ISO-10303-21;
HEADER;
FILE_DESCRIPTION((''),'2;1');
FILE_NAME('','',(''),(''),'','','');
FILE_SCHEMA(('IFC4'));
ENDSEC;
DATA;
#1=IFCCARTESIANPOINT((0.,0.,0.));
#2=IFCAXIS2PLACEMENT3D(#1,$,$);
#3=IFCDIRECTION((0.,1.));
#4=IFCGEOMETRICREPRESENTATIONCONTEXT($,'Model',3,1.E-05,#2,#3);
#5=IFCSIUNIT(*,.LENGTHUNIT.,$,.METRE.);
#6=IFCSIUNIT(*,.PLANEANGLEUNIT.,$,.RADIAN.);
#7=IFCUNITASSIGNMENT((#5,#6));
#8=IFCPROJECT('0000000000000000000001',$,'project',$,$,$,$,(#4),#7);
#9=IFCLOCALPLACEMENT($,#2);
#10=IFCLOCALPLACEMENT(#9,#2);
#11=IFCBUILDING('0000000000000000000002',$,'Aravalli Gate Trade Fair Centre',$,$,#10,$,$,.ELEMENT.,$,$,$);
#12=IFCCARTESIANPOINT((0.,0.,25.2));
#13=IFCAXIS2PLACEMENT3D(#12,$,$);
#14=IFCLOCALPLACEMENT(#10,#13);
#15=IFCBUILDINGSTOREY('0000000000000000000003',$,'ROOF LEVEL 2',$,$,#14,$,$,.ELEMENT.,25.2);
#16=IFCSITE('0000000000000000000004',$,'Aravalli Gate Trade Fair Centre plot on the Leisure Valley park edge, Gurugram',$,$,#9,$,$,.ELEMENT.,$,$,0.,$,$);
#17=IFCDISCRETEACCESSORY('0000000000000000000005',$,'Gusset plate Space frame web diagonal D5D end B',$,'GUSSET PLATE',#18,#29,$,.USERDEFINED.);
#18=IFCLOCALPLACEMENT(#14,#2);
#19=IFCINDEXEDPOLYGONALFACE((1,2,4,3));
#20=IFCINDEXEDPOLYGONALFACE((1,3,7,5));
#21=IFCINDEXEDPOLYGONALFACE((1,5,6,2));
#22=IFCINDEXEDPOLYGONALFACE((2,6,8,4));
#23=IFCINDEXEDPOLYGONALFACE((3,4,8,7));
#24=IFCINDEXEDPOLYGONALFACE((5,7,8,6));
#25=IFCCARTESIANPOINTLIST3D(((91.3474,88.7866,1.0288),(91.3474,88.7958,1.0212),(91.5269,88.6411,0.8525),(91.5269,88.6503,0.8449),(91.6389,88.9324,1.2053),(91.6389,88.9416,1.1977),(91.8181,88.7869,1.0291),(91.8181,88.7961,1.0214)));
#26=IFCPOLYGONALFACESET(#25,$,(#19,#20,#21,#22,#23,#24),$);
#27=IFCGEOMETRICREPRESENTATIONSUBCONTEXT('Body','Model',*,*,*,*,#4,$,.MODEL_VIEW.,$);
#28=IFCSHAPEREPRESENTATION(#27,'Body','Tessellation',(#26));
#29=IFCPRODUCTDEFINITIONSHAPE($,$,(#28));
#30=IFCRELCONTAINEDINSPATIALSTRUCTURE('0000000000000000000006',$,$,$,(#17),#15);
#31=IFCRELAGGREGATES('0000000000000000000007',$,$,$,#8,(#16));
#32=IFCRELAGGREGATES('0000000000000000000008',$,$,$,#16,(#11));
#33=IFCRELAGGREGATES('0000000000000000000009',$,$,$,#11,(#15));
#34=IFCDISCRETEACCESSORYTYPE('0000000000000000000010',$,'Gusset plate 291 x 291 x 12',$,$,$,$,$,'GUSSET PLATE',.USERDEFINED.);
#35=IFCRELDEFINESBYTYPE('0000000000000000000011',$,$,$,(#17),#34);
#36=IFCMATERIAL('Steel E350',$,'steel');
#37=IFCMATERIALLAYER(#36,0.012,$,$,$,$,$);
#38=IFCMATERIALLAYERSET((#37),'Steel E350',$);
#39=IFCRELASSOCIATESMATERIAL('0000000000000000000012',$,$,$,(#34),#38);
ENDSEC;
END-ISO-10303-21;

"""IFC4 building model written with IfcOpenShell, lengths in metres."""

from ifc_helpers import new_model, si_unit, direction, frame, origin, place, context, subcontext, project, spatial, polyline, outline, extrude, material, layer, layer_set, type_object, element, save


model = new_model("IFC4")

# Units and contexts
model_context = context("Model", 3, precision=1e-05, world=origin(), true_north=direction((0.0, 1.0)))
body_context = subcontext(model_context, "Body", "Model", "MODEL_VIEW")
ifc_project = project(units=[si_unit("LENGTHUNIT", "METRE"), si_unit("PLANEANGLEUNIT", "RADIAN")], contexts=[model_context])

# Site, building, storey
site_placement = place(None, origin())
site = spatial("IfcSite", under=ifc_project, at=site_placement, Name="Aravalli Gate Trade Fair Centre plot on the Leisure Valley park edge, Gurugram", CompositionType="ELEMENT", RefElevation=0.0)
building_placement = place(site_placement, origin())
building = spatial("IfcBuilding", under=site, at=building_placement, Name="Aravalli Gate Trade Fair Centre", CompositionType="ELEMENT")
storey_placement = place(building_placement, frame((0.0, 0.0, 25.2)))
storey = spatial("IfcBuildingStorey", under=building, at=storey_placement, Name="ROOF LEVEL 2", CompositionType="ELEMENT", Elevation=25.2)

# Shared definitions
ifc_material = material(Name="Steel E350", Category="steel")

# Discrete accessory
ifc_layer = layer(ifc_material, 0.012)
ifc_layer_set = layer_set([ifc_layer], Name="Steel E350")
discrete_accessory_type = type_object("IfcDiscreteAccessoryType", Name="Gusset plate 291 x 291 x 12", ElementType="GUSSET PLATE", PredefinedType="USERDEFINED", material=ifc_layer_set)
discrete_accessory_1_placement = place(storey_placement, frame((91.6389, 88.9324, 1.2053), z_axis=(0.00007, -0.771155, 0.636648), x_axis=(-0.786484, -0.393242, -0.476238)))
element("IfcDiscreteAccessory", 1, at=discrete_accessory_1_placement, inside=storey, type_object=discrete_accessory_type, Name="Gusset plate Space frame web diagonal D5D end B", ObjectType="GUSSET PLATE", PredefinedType="USERDEFINED", context=body_context, shape_type="SweptSolid", body=[
    extrude(outline(polyline([(0.0, 0.0), (0.3706, 0.0), (0.3707, 0.2906), (0.0002, 0.2904), (0.0, 0.0)])), origin(), (0.0, 0.0, -1.0), 0.012),
])

save(model, "model.ifc")
